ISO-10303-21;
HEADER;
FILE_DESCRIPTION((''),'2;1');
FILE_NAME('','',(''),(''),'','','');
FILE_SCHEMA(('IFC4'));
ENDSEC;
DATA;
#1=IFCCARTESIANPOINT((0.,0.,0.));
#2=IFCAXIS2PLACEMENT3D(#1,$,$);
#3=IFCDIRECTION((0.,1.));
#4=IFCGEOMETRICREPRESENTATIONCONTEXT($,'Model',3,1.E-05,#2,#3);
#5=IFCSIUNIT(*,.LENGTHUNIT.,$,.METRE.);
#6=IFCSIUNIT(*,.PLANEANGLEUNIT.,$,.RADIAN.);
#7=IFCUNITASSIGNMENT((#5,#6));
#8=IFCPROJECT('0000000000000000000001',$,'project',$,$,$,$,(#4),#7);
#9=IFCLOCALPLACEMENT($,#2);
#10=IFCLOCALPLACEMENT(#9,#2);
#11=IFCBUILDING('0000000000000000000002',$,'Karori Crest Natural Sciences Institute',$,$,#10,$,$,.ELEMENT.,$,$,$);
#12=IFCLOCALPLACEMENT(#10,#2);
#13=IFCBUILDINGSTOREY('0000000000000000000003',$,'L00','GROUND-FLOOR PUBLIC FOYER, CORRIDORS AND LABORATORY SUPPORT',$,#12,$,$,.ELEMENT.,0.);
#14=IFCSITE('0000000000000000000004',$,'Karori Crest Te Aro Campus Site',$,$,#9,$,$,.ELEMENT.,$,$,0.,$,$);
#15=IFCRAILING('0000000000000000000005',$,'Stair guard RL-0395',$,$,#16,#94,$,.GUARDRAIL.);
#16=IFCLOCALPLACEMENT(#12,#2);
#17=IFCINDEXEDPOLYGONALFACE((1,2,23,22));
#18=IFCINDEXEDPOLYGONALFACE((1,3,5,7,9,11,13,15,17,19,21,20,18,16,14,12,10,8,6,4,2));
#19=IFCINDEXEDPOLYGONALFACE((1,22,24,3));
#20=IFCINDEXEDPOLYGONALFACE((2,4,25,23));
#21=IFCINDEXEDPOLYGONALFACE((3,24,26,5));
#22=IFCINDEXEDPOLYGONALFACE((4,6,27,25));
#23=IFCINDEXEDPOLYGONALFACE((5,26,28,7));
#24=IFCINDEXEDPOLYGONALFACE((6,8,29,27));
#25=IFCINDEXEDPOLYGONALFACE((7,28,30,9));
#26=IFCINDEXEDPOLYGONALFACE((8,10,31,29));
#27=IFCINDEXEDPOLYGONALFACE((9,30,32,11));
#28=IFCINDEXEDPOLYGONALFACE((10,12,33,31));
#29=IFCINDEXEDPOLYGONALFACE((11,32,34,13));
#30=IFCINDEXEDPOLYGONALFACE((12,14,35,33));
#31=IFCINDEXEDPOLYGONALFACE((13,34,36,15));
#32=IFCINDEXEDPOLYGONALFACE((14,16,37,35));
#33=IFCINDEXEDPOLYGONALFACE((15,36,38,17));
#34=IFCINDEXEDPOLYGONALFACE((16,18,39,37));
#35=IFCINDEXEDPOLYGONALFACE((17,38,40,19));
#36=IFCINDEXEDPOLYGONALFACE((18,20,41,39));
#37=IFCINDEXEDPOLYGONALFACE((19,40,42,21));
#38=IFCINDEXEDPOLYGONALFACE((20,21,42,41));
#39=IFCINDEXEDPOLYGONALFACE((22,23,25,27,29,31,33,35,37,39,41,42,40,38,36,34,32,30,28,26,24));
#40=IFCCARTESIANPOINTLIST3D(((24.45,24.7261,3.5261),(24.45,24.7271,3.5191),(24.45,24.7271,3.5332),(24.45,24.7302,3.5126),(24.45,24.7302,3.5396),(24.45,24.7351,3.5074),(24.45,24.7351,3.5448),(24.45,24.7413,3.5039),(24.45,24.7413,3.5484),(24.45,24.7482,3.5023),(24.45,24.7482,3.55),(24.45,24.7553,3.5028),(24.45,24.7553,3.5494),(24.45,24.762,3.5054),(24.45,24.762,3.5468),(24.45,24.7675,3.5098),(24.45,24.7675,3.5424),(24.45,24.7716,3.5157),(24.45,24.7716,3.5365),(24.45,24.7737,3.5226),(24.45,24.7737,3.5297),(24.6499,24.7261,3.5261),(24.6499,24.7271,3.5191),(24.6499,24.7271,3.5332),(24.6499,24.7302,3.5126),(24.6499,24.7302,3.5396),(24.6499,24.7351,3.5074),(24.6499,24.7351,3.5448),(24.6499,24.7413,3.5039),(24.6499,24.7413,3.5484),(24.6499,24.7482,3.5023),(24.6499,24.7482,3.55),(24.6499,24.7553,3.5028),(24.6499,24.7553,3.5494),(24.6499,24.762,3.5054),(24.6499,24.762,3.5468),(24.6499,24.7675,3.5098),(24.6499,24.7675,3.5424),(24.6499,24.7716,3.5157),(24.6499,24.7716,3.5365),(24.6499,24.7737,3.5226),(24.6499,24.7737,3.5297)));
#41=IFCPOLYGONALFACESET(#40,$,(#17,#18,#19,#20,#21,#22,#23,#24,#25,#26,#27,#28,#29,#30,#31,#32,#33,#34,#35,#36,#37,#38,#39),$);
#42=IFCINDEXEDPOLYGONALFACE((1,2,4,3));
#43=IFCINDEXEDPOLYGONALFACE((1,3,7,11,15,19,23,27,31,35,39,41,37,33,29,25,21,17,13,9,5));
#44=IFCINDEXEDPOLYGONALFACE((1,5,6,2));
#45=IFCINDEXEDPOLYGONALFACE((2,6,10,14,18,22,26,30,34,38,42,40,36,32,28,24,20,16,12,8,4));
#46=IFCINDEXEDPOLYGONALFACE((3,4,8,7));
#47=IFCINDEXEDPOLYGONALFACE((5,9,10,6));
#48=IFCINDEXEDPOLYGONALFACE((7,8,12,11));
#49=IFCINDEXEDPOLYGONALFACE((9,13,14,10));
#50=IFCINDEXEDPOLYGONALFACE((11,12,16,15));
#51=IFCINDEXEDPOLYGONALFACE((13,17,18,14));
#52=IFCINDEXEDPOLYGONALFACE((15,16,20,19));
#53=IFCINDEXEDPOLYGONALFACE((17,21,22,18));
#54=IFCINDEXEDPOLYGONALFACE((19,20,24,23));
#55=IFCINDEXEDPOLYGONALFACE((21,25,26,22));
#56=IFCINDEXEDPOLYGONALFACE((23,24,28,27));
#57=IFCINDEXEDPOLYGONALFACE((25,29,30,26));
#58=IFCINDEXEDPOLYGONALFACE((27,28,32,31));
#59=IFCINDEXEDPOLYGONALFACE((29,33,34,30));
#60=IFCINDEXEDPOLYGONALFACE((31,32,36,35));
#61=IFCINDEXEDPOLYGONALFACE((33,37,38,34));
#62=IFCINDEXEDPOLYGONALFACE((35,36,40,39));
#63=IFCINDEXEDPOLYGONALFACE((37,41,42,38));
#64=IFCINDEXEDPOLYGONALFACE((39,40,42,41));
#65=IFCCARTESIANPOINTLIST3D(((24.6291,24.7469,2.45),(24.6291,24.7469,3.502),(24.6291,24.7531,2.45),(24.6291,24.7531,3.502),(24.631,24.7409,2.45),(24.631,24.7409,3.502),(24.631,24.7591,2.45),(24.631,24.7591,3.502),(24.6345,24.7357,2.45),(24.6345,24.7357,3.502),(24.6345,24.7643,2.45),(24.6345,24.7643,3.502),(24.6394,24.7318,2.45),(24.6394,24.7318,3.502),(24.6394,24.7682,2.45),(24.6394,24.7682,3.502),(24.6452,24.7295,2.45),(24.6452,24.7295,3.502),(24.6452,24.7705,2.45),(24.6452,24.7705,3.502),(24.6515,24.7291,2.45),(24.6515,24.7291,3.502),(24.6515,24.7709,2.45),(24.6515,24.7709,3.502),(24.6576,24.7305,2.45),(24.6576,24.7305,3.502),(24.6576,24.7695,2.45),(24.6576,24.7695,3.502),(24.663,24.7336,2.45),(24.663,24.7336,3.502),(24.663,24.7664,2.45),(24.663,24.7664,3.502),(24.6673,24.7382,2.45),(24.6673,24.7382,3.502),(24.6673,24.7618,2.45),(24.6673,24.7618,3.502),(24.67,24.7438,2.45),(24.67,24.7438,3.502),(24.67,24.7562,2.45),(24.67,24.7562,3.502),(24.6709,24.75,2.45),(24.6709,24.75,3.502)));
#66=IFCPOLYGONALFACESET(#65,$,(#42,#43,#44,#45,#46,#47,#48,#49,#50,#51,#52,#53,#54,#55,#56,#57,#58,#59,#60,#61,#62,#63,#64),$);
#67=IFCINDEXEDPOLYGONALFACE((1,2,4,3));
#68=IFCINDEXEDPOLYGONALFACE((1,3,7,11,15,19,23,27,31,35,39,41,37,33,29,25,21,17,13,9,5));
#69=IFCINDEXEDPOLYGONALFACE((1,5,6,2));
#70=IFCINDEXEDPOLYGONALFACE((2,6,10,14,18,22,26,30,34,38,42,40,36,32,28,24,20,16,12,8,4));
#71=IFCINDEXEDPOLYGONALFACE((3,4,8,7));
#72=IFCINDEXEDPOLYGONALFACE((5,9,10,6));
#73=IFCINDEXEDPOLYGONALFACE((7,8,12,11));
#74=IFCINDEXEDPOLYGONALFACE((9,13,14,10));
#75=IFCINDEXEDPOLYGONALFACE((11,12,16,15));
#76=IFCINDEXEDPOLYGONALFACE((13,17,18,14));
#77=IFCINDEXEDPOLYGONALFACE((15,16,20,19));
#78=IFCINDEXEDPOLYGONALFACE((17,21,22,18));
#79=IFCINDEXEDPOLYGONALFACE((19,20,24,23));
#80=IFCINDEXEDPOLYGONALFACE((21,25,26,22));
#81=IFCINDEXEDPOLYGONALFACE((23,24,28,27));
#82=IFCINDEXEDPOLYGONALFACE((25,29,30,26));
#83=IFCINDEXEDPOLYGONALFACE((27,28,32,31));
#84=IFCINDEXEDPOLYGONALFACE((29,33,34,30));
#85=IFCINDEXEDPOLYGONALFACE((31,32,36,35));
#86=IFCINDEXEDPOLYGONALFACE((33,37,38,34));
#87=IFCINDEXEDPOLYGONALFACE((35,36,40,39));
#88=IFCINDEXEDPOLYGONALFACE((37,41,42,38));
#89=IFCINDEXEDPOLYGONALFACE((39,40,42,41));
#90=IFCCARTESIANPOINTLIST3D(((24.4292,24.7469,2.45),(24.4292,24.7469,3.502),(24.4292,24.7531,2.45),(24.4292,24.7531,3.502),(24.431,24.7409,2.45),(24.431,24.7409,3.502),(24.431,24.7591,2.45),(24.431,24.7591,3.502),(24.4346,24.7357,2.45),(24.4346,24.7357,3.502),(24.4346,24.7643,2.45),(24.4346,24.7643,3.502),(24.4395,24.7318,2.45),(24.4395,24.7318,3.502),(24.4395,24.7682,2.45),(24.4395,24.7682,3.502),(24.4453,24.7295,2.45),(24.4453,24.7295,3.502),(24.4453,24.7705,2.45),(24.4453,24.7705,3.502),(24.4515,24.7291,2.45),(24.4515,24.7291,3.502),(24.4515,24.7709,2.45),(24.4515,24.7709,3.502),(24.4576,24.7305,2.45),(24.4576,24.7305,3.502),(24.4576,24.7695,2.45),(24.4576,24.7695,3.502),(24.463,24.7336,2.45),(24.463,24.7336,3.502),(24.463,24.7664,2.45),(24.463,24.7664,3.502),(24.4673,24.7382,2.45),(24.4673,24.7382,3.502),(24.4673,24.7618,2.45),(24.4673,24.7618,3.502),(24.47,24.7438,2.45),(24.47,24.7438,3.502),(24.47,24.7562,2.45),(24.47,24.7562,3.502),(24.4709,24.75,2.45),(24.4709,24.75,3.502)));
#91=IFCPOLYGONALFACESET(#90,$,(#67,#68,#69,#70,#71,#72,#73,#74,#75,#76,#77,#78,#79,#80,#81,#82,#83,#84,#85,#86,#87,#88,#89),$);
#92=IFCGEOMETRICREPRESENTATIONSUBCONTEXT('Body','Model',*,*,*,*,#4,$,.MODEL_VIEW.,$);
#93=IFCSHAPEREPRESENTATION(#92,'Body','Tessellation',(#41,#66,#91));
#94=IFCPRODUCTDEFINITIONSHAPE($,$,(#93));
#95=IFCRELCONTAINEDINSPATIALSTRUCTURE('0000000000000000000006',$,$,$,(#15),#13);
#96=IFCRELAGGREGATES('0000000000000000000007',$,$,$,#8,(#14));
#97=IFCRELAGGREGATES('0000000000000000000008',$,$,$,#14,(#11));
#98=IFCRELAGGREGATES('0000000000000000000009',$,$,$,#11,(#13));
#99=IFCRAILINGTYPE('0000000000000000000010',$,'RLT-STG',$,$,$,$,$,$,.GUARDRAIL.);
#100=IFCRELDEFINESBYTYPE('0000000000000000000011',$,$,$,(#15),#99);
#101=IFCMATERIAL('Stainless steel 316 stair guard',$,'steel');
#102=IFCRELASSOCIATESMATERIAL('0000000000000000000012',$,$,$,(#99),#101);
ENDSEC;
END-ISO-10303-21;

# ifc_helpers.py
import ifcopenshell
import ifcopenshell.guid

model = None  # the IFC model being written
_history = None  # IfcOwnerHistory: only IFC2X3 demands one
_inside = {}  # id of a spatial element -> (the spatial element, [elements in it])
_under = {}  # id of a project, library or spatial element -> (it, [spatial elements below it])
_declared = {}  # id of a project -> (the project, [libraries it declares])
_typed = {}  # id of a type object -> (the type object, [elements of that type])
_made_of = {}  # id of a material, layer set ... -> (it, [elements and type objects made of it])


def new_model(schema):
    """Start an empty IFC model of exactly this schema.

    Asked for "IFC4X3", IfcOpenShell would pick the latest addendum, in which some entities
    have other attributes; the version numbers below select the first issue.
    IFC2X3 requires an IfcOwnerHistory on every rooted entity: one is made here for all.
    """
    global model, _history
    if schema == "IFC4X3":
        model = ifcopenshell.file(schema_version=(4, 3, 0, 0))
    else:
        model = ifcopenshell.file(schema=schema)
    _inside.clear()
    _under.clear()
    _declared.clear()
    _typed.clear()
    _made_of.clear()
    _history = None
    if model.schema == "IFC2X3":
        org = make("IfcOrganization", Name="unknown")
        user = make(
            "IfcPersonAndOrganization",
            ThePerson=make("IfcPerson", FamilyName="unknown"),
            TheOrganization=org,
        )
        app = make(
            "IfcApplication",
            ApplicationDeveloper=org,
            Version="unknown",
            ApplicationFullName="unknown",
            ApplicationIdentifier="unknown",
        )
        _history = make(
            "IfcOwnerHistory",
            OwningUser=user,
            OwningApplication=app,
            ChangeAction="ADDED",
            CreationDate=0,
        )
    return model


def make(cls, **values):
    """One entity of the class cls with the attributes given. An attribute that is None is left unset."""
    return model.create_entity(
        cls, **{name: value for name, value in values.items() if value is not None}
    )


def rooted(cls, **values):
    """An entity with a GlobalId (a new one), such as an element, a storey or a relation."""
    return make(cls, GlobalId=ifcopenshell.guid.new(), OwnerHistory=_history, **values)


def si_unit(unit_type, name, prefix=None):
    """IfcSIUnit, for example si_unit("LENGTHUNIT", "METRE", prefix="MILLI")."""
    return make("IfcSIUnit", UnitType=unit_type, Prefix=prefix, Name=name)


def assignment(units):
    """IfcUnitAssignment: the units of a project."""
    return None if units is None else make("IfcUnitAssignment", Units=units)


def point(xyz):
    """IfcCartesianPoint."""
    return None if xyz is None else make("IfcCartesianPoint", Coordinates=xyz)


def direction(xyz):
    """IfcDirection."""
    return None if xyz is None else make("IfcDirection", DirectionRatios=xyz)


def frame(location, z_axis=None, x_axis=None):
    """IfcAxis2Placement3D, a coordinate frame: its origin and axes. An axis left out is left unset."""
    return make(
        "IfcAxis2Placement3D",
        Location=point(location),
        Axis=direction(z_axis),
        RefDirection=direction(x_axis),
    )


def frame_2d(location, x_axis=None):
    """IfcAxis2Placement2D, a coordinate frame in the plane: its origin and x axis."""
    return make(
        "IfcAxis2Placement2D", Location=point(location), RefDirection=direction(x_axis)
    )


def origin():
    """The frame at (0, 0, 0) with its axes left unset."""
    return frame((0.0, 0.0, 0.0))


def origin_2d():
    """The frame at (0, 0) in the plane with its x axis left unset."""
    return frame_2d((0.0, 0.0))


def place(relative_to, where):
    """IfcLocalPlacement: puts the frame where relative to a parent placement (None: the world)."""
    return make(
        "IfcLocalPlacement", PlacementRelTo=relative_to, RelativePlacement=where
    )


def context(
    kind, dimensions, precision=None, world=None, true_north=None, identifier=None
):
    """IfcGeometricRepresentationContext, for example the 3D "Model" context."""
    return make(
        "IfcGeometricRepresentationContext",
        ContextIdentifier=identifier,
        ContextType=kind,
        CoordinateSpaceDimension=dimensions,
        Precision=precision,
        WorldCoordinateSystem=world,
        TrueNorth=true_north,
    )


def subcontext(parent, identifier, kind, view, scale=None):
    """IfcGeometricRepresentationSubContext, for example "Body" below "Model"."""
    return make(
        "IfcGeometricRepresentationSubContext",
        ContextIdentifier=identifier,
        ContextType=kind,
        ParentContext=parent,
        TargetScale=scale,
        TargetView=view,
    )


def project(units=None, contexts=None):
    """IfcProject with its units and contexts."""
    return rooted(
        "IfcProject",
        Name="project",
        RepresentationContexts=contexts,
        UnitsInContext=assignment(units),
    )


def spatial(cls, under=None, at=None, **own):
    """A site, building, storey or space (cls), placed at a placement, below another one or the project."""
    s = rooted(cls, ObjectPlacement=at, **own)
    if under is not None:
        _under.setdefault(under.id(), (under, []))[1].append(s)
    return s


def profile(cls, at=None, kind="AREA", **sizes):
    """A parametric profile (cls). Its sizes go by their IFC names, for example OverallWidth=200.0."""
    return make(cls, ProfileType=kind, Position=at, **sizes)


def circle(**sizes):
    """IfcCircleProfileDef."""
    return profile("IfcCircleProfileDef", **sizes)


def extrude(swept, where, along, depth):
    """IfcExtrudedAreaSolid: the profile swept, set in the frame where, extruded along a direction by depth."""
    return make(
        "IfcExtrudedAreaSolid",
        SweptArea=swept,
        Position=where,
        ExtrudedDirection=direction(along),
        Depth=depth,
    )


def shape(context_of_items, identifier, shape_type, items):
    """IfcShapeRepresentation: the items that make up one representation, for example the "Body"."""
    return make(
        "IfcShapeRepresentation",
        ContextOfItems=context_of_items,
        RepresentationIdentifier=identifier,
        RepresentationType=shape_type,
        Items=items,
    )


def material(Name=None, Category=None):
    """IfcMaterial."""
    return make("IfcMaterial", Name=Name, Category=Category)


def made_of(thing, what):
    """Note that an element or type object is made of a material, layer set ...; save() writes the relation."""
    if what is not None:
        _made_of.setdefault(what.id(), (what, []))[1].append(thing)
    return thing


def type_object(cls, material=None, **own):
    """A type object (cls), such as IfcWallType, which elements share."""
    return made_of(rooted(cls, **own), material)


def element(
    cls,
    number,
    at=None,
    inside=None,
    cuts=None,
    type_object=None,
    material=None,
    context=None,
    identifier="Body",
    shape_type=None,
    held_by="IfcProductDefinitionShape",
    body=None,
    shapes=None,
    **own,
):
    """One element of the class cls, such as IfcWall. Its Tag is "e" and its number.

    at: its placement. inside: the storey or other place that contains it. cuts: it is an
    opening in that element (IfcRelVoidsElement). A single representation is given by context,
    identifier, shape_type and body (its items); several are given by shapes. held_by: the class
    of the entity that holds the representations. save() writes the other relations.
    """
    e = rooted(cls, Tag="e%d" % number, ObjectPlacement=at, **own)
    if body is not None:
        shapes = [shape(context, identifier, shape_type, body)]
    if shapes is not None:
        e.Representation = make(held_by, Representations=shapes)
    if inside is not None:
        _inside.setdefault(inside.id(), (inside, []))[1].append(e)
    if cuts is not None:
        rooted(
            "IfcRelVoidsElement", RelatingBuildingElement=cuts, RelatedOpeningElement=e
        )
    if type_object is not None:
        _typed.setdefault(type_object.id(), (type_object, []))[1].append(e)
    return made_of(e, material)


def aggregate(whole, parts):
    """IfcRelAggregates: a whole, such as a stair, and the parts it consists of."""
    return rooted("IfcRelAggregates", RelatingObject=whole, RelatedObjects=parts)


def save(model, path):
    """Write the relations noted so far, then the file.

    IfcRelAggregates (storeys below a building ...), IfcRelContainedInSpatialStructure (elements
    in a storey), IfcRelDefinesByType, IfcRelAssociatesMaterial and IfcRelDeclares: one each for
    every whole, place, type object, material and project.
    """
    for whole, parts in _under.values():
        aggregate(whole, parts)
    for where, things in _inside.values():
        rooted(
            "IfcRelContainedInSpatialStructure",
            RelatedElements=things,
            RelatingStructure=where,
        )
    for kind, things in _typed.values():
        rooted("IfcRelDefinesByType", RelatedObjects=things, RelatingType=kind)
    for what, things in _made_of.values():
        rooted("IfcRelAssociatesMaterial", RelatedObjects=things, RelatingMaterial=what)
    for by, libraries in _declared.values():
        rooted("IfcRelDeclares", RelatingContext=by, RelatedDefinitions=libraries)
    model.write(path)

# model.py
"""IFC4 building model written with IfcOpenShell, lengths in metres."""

from ifc_helpers import new_model, si_unit, direction, frame, origin, origin_2d, place, context, subcontext, project, spatial, circle, extrude, material, type_object, element, save


model = new_model("IFC4")

# Units and contexts
model_context = context("Model", 3, precision=1e-05, world=origin(), true_north=direction((0.0, 1.0)))
body_context = subcontext(model_context, "Body", "Model", "MODEL_VIEW")
ifc_project = project(units=[si_unit("LENGTHUNIT", "METRE"), si_unit("PLANEANGLEUNIT", "RADIAN")], contexts=[model_context])

# Site, building, storey
site_placement = place(None, origin())
site = spatial("IfcSite", under=ifc_project, at=site_placement, Name="Karori Crest Te Aro Campus Site", CompositionType="ELEMENT", RefElevation=0.0)
building_placement = place(site_placement, origin())
building = spatial("IfcBuilding", under=site, at=building_placement, Name="Karori Crest Natural Sciences Institute", CompositionType="ELEMENT")
storey_placement = place(building_placement, origin())
storey = spatial("IfcBuildingStorey", under=building, at=storey_placement, Name="L00", Description="GROUND-FLOOR PUBLIC FOYER, CORRIDORS AND LABORATORY SUPPORT", CompositionType="ELEMENT", Elevation=0.0)

# Railing
ifc_material_1 = material(Name="Stainless steel 316 stair guard", Category="steel")
railing_type_1 = type_object("IfcRailingType", Name="RLT-STG", PredefinedType="GUARDRAIL", material=ifc_material_1)
railing_1_placement = place(storey_placement, frame((24.6499, 24.75, 2.45)))
element("IfcRailing", 1, at=railing_1_placement, inside=storey, type_object=railing_type_1, Name="Stair guard RL-0395", PredefinedType="GUARDRAIL", context=body_context, shape_type="SweptSolid", body=[
    extrude(circle(Radius=0.0239, at=origin_2d()), frame((0.0, 0.0, 1.0762), z_axis=(-1.0, 0.0, 0.0), x_axis=(0.0, -1.0, 0.0)), (0.0, 0.0, 1.0), 0.2),
    extrude(circle(Radius=0.021, at=origin_2d()), origin(), (0.0, 0.0, 1.0), 1.052),
    extrude(circle(Radius=0.021, at=origin_2d()), frame((-0.2, 0.0, 0.0)), (0.0, 0.0, 1.0), 1.052),
])

save(model, "model.ifc")
